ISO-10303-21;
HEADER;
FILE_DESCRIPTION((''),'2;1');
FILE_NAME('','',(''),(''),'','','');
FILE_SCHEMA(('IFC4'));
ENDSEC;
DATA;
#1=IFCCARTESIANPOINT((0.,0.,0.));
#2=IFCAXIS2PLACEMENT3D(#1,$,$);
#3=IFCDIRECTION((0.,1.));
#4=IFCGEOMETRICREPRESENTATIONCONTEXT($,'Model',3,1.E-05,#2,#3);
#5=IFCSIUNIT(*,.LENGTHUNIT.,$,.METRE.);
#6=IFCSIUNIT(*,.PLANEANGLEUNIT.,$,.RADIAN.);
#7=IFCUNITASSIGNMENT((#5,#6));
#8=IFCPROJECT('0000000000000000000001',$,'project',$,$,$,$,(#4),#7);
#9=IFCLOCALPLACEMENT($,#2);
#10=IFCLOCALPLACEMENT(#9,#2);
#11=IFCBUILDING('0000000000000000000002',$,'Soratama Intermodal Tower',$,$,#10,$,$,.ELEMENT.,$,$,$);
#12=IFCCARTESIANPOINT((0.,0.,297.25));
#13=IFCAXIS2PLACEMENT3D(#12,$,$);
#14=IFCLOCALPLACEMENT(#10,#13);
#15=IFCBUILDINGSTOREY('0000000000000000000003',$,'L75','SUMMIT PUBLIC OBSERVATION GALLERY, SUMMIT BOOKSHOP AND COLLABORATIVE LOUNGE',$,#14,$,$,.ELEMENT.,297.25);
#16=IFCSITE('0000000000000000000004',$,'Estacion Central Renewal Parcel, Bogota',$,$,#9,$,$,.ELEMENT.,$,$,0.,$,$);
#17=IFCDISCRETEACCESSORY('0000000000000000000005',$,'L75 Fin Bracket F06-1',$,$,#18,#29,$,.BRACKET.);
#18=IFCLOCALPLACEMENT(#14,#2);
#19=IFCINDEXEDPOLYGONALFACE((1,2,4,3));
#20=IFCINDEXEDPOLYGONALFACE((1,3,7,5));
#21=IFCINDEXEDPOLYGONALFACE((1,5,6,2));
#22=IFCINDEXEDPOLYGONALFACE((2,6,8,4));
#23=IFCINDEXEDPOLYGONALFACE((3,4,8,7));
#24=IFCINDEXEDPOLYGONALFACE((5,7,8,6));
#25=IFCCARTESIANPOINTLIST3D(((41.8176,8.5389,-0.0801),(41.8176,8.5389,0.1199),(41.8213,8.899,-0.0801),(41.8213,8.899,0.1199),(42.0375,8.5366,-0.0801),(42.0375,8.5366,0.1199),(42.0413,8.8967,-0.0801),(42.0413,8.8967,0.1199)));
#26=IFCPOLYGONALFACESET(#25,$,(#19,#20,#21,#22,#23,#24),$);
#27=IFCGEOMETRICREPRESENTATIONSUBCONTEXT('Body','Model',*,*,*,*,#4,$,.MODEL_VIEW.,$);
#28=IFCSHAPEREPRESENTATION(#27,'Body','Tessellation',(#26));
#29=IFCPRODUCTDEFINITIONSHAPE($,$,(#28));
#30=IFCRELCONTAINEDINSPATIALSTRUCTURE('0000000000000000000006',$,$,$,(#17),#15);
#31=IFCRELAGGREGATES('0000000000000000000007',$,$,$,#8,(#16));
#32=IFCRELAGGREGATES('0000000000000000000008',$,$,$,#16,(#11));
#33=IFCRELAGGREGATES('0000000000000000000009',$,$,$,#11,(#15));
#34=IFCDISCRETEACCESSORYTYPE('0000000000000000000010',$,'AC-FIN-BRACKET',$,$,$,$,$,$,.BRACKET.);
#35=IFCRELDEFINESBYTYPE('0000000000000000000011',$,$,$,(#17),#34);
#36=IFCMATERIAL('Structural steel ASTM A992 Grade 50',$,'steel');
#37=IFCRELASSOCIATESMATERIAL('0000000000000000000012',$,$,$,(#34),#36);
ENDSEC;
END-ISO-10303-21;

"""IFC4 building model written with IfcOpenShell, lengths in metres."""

from ifc_helpers import new_model, si_unit, direction, frame, origin, origin_2d, place, context, subcontext, project, spatial, rectangle, extrude, material, type_object, element, save


model = new_model("IFC4")

# Units and contexts
model_context = context("Model", 3, precision=1e-05, world=origin(), true_north=direction((0.0, 1.0)))
body_context = subcontext(model_context, "Body", "Model", "MODEL_VIEW")
ifc_project = project(units=[si_unit("LENGTHUNIT", "METRE"), si_unit("PLANEANGLEUNIT", "RADIAN")], contexts=[model_context])

# Site, building, storey
site_placement = place(None, origin())
site = spatial("IfcSite", under=ifc_project, at=site_placement, Name="Estacion Central Renewal Parcel, Bogota", CompositionType="ELEMENT", RefElevation=0.0)
building_placement = place(site_placement, origin())
building = spatial("IfcBuilding", under=site, at=building_placement, Name="Soratama Intermodal Tower", CompositionType="ELEMENT")
storey_placement = place(building_placement, frame((0.0, 0.0, 297.25)))
storey = spatial("IfcBuildingStorey", under=building, at=storey_placement, Name="L75", Description="SUMMIT PUBLIC OBSERVATION GALLERY, SUMMIT BOOKSHOP AND COLLABORATIVE LOUNGE", CompositionType="ELEMENT", Elevation=297.25)

# Discrete accessory
ifc_material_1 = material(Name="Structural steel ASTM A992 Grade 50", Category="steel")
discrete_accessory_type = type_object("IfcDiscreteAccessoryType", Name="AC-FIN-BRACKET", PredefinedType="BRACKET", material=ifc_material_1)
discrete_accessory_placement = place(storey_placement, frame((41.9294, 8.7178, -0.0801), z_axis=(0.0, 0.0, 1.0), x_axis=(-0.010472, -0.999945, 0.0)))
element("IfcDiscreteAccessory", 1, at=discrete_accessory_placement, inside=storey, type_object=discrete_accessory_type, Name="L75 Fin Bracket F06-1", PredefinedType="BRACKET", context=body_context, shape_type="SweptSolid", body=[
    extrude(rectangle(XDim=0.3601, YDim=0.22, at=origin_2d()), origin(), (0.0, 0.0, 1.0), 0.2),
])

save(model, "model.ifc")
